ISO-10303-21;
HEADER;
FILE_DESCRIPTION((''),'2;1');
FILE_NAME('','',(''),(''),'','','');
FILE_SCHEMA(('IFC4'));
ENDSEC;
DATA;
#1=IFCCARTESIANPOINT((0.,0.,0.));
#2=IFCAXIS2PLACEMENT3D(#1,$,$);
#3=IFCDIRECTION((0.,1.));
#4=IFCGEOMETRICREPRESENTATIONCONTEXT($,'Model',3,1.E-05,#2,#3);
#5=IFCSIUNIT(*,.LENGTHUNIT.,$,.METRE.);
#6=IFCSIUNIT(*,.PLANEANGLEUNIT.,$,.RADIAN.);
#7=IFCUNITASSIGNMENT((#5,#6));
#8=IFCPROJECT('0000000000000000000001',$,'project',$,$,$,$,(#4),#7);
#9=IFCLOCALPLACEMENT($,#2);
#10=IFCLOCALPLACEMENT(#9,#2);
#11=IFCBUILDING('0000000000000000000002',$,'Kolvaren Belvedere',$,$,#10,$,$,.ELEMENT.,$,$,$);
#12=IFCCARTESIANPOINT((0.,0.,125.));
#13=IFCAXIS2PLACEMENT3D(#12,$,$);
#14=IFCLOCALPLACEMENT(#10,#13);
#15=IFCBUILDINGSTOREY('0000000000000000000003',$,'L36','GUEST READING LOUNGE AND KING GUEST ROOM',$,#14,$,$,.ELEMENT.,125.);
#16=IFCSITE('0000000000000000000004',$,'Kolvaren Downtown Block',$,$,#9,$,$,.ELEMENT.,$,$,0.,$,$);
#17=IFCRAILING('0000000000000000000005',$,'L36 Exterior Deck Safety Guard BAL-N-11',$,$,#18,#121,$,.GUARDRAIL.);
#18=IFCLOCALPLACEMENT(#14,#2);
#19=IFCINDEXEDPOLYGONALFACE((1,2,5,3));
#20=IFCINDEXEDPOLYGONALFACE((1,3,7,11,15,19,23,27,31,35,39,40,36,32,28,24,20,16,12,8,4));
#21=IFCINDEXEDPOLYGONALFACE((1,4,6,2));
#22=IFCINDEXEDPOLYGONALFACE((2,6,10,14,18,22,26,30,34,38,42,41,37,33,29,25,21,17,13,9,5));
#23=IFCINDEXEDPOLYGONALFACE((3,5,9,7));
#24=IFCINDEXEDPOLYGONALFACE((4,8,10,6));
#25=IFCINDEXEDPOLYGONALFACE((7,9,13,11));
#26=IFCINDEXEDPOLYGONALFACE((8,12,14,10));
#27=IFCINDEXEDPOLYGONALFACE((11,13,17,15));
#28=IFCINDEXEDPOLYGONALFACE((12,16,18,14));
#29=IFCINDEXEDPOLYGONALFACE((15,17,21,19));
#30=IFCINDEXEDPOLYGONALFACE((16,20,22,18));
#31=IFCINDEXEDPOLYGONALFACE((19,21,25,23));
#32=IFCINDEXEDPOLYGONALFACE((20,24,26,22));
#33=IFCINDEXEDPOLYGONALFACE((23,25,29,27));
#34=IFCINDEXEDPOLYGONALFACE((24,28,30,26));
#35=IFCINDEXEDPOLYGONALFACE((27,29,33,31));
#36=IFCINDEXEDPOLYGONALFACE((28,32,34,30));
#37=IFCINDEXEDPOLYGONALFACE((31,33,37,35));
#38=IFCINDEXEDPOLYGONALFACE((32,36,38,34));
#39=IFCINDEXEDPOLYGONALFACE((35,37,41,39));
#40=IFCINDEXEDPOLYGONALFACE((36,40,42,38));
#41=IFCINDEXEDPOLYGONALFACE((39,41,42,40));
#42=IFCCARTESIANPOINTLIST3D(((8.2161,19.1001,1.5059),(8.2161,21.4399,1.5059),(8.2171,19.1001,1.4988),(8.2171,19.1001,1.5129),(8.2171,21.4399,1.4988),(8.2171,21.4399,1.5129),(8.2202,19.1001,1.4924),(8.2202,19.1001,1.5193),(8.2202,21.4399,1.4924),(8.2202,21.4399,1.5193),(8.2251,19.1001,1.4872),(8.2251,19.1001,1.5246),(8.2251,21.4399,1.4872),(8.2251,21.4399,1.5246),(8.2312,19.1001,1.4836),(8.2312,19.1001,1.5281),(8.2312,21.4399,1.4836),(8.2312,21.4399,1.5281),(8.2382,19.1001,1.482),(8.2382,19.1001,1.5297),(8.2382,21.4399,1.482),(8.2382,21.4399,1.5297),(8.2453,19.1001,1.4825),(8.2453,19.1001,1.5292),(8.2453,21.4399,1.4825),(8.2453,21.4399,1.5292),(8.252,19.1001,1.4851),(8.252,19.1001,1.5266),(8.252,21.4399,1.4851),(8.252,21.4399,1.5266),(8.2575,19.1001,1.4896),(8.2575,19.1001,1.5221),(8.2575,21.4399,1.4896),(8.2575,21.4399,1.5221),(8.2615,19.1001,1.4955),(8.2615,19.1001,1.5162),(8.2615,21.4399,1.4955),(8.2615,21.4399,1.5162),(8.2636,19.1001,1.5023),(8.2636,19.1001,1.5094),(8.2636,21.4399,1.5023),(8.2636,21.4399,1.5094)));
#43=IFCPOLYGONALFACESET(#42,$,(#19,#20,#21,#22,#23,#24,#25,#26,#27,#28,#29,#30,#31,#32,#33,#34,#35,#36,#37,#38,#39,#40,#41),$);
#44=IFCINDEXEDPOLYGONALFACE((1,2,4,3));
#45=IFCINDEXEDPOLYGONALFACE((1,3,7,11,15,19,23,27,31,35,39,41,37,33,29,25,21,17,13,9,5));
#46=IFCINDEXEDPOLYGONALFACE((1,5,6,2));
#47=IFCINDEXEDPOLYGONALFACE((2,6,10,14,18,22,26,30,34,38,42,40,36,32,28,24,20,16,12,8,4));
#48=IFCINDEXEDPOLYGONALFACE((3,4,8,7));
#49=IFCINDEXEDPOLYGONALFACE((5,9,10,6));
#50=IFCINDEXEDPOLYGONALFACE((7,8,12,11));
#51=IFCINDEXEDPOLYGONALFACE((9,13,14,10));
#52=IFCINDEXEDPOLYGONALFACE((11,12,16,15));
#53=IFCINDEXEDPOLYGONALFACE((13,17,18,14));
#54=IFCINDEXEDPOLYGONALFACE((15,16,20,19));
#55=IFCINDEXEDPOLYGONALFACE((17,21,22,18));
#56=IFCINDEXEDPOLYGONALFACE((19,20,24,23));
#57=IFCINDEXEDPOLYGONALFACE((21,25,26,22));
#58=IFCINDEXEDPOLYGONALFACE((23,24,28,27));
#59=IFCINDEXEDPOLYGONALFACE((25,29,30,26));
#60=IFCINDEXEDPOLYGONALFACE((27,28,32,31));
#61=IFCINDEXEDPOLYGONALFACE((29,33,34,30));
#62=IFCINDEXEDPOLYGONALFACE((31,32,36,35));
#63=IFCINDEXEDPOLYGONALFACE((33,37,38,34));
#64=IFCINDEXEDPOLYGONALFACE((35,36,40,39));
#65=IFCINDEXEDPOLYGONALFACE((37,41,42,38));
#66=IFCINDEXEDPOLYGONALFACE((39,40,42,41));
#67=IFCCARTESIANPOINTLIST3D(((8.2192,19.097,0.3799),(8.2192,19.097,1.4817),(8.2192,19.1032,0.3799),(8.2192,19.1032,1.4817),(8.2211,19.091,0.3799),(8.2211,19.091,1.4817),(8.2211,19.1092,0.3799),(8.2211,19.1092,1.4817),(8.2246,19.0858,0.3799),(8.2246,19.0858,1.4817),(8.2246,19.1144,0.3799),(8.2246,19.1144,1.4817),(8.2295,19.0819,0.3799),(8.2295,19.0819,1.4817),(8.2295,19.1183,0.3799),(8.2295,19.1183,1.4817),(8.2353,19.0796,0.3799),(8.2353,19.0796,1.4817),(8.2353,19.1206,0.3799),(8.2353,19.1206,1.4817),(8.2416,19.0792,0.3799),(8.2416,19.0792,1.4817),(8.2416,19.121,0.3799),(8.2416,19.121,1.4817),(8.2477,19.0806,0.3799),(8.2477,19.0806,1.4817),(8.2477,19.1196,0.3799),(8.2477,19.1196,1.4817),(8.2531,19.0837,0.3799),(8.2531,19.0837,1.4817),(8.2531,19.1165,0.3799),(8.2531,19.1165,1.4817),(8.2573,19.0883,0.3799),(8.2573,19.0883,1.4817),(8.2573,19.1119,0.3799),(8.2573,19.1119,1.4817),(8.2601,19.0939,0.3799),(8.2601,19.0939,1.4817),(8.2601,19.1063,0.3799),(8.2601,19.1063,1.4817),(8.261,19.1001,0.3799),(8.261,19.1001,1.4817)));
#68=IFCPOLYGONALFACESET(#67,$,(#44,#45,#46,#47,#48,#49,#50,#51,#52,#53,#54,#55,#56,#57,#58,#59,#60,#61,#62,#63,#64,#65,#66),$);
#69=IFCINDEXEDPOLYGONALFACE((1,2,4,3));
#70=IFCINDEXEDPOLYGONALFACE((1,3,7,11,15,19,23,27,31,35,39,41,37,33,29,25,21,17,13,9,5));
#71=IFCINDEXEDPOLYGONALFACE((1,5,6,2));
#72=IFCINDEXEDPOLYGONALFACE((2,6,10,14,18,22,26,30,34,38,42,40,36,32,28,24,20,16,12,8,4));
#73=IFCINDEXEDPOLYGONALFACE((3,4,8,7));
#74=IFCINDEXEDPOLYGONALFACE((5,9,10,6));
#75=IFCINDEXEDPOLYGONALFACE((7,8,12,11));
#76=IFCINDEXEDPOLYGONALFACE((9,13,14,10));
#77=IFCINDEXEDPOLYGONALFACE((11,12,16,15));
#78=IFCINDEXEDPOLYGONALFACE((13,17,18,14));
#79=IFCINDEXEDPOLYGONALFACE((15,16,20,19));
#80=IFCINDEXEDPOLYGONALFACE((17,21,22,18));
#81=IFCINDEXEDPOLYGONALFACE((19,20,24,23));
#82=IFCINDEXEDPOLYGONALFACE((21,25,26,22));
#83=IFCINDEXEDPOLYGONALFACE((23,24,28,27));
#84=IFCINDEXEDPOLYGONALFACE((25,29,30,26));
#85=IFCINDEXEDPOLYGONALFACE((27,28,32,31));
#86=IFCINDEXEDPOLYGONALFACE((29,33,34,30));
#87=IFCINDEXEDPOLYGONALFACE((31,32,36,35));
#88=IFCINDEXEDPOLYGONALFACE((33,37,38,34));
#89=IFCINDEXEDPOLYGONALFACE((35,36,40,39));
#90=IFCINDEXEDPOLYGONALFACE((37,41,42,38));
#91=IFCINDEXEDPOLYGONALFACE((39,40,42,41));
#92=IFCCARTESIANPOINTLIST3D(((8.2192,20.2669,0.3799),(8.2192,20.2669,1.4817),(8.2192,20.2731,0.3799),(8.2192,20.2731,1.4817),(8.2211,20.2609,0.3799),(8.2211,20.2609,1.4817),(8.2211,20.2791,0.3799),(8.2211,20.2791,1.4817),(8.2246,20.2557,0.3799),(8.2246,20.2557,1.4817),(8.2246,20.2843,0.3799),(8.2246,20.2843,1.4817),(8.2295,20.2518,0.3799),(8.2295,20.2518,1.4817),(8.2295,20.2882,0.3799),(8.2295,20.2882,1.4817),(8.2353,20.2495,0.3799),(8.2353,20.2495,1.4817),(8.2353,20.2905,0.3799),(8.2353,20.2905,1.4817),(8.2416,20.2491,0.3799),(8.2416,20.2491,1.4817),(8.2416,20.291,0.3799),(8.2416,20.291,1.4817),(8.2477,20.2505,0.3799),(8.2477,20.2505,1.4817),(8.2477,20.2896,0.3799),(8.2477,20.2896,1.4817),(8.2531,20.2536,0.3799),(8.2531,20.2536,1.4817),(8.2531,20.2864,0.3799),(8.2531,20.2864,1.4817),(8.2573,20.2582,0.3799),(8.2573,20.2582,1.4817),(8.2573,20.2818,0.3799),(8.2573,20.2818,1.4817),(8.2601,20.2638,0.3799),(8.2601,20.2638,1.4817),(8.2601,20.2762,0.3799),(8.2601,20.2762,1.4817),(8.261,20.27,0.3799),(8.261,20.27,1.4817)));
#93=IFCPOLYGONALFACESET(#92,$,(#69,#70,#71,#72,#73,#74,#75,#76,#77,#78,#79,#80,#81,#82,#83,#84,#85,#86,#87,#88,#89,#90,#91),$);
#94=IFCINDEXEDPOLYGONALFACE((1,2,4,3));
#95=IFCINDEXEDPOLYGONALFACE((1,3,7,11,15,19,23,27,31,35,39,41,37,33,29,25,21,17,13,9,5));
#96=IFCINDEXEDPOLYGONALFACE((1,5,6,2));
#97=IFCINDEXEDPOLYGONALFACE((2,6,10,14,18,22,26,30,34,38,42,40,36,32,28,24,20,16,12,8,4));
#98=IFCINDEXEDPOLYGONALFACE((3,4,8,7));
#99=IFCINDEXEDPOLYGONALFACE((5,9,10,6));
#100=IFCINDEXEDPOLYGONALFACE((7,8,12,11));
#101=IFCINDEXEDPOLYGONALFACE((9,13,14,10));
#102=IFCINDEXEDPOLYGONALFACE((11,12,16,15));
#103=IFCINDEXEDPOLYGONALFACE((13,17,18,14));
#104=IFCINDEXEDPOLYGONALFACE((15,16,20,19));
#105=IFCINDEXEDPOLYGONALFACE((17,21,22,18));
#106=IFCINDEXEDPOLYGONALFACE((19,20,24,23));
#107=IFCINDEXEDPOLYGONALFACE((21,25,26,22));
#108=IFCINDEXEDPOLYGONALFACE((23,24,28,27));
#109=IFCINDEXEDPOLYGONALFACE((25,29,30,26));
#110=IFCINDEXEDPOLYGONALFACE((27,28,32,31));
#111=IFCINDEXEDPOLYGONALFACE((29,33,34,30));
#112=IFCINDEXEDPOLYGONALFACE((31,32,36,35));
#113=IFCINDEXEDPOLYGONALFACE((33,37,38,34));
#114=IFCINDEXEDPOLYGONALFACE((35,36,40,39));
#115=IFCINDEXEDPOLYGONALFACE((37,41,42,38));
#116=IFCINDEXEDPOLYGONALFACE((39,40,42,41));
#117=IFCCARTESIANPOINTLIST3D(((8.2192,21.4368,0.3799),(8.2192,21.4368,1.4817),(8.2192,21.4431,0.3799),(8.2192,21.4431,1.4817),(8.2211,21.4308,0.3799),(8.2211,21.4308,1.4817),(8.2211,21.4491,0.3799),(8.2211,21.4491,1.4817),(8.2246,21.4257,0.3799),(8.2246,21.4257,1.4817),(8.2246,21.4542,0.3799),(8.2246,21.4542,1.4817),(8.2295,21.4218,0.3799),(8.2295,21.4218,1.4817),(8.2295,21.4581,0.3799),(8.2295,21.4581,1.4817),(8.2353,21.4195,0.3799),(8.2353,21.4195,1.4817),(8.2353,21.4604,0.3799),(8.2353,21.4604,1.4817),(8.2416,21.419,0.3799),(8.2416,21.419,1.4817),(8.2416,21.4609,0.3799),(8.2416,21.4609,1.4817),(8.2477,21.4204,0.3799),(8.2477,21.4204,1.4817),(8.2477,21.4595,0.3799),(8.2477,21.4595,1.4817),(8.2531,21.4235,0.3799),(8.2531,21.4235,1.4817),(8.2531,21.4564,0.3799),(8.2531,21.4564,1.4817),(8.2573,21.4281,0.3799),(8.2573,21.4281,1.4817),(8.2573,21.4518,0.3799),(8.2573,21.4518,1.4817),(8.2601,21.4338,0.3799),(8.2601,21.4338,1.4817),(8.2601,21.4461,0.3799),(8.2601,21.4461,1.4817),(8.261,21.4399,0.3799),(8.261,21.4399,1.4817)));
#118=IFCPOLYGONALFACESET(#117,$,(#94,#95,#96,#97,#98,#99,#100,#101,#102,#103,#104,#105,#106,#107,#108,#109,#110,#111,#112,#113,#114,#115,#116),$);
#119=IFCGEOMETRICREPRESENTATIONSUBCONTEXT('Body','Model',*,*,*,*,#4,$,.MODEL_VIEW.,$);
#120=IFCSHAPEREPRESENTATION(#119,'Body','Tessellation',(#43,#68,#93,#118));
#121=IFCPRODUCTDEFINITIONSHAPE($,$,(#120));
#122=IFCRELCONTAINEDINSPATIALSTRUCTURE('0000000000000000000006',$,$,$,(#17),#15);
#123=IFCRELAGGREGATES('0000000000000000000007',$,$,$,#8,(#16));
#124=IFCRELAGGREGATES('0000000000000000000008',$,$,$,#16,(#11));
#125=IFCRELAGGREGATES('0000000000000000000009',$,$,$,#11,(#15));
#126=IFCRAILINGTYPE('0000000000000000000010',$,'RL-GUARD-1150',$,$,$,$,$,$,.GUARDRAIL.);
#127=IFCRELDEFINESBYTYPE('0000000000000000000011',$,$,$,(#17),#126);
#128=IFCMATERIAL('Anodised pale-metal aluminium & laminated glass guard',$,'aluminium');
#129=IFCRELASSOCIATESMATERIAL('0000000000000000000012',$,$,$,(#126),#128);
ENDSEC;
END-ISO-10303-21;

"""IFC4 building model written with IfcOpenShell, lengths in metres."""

from ifc_helpers import new_model, si_unit, direction, frame, origin, origin_2d, place, context, subcontext, project, spatial, circle, extrude, material, type_object, element, save


model = new_model("IFC4")

# Units and contexts
model_context = context("Model", 3, precision=1e-05, world=origin(), true_north=direction((0.0, 1.0)))
body_context = subcontext(model_context, "Body", "Model", "MODEL_VIEW")
ifc_project = project(units=[si_unit("LENGTHUNIT", "METRE"), si_unit("PLANEANGLEUNIT", "RADIAN")], contexts=[model_context])

# Site, building, storey
site_placement = place(None, origin())
site = spatial("IfcSite", under=ifc_project, at=site_placement, Name="Kolvaren Downtown Block", CompositionType="ELEMENT", RefElevation=0.0)
building_placement = place(site_placement, origin())
building = spatial("IfcBuilding", under=site, at=building_placement, Name="Kolvaren Belvedere", CompositionType="ELEMENT")
storey_placement = place(building_placement, frame((0.0, 0.0, 125.0)))
storey = spatial("IfcBuildingStorey", under=building, at=storey_placement, Name="L36", Description="GUEST READING LOUNGE AND KING GUEST ROOM", CompositionType="ELEMENT", Elevation=125.0)

# Railing
ifc_material_1 = material(Name="Anodised pale-metal aluminium & laminated glass guard", Category="aluminium")
railing_type = type_object("IfcRailingType", Name="RL-GUARD-1150", PredefinedType="GUARDRAIL", material=ifc_material_1)
railing_1_placement = place(storey_placement, frame((8.24, 19.1001, 0.3799)))
element("IfcRailing", 1, at=railing_1_placement, inside=storey, type_object=railing_type, Name="L36 Exterior Deck Safety Guard BAL-N-11", PredefinedType="GUARDRAIL", context=body_context, shape_type="SweptSolid", body=[
    extrude(circle(Radius=0.0239, at=origin_2d()), frame((0.0, 0.0, 1.126), z_axis=(0.0, 1.0, 0.0), x_axis=(-1.0, 0.0, 0.0)), (0.0, 0.0, 1.0), 2.3398),
    extrude(circle(Radius=0.021, at=origin_2d()), origin(), (0.0, 0.0, 1.0), 1.1018),
    extrude(circle(Radius=0.021, at=origin_2d()), frame((0.0, 1.1699, 0.0)), (0.0, 0.0, 1.0), 1.1018),
    extrude(circle(Radius=0.021, at=origin_2d()), frame((0.0, 2.3398, 0.0)), (0.0, 0.0, 1.0), 1.1018),
])

save(model, "model.ifc")
